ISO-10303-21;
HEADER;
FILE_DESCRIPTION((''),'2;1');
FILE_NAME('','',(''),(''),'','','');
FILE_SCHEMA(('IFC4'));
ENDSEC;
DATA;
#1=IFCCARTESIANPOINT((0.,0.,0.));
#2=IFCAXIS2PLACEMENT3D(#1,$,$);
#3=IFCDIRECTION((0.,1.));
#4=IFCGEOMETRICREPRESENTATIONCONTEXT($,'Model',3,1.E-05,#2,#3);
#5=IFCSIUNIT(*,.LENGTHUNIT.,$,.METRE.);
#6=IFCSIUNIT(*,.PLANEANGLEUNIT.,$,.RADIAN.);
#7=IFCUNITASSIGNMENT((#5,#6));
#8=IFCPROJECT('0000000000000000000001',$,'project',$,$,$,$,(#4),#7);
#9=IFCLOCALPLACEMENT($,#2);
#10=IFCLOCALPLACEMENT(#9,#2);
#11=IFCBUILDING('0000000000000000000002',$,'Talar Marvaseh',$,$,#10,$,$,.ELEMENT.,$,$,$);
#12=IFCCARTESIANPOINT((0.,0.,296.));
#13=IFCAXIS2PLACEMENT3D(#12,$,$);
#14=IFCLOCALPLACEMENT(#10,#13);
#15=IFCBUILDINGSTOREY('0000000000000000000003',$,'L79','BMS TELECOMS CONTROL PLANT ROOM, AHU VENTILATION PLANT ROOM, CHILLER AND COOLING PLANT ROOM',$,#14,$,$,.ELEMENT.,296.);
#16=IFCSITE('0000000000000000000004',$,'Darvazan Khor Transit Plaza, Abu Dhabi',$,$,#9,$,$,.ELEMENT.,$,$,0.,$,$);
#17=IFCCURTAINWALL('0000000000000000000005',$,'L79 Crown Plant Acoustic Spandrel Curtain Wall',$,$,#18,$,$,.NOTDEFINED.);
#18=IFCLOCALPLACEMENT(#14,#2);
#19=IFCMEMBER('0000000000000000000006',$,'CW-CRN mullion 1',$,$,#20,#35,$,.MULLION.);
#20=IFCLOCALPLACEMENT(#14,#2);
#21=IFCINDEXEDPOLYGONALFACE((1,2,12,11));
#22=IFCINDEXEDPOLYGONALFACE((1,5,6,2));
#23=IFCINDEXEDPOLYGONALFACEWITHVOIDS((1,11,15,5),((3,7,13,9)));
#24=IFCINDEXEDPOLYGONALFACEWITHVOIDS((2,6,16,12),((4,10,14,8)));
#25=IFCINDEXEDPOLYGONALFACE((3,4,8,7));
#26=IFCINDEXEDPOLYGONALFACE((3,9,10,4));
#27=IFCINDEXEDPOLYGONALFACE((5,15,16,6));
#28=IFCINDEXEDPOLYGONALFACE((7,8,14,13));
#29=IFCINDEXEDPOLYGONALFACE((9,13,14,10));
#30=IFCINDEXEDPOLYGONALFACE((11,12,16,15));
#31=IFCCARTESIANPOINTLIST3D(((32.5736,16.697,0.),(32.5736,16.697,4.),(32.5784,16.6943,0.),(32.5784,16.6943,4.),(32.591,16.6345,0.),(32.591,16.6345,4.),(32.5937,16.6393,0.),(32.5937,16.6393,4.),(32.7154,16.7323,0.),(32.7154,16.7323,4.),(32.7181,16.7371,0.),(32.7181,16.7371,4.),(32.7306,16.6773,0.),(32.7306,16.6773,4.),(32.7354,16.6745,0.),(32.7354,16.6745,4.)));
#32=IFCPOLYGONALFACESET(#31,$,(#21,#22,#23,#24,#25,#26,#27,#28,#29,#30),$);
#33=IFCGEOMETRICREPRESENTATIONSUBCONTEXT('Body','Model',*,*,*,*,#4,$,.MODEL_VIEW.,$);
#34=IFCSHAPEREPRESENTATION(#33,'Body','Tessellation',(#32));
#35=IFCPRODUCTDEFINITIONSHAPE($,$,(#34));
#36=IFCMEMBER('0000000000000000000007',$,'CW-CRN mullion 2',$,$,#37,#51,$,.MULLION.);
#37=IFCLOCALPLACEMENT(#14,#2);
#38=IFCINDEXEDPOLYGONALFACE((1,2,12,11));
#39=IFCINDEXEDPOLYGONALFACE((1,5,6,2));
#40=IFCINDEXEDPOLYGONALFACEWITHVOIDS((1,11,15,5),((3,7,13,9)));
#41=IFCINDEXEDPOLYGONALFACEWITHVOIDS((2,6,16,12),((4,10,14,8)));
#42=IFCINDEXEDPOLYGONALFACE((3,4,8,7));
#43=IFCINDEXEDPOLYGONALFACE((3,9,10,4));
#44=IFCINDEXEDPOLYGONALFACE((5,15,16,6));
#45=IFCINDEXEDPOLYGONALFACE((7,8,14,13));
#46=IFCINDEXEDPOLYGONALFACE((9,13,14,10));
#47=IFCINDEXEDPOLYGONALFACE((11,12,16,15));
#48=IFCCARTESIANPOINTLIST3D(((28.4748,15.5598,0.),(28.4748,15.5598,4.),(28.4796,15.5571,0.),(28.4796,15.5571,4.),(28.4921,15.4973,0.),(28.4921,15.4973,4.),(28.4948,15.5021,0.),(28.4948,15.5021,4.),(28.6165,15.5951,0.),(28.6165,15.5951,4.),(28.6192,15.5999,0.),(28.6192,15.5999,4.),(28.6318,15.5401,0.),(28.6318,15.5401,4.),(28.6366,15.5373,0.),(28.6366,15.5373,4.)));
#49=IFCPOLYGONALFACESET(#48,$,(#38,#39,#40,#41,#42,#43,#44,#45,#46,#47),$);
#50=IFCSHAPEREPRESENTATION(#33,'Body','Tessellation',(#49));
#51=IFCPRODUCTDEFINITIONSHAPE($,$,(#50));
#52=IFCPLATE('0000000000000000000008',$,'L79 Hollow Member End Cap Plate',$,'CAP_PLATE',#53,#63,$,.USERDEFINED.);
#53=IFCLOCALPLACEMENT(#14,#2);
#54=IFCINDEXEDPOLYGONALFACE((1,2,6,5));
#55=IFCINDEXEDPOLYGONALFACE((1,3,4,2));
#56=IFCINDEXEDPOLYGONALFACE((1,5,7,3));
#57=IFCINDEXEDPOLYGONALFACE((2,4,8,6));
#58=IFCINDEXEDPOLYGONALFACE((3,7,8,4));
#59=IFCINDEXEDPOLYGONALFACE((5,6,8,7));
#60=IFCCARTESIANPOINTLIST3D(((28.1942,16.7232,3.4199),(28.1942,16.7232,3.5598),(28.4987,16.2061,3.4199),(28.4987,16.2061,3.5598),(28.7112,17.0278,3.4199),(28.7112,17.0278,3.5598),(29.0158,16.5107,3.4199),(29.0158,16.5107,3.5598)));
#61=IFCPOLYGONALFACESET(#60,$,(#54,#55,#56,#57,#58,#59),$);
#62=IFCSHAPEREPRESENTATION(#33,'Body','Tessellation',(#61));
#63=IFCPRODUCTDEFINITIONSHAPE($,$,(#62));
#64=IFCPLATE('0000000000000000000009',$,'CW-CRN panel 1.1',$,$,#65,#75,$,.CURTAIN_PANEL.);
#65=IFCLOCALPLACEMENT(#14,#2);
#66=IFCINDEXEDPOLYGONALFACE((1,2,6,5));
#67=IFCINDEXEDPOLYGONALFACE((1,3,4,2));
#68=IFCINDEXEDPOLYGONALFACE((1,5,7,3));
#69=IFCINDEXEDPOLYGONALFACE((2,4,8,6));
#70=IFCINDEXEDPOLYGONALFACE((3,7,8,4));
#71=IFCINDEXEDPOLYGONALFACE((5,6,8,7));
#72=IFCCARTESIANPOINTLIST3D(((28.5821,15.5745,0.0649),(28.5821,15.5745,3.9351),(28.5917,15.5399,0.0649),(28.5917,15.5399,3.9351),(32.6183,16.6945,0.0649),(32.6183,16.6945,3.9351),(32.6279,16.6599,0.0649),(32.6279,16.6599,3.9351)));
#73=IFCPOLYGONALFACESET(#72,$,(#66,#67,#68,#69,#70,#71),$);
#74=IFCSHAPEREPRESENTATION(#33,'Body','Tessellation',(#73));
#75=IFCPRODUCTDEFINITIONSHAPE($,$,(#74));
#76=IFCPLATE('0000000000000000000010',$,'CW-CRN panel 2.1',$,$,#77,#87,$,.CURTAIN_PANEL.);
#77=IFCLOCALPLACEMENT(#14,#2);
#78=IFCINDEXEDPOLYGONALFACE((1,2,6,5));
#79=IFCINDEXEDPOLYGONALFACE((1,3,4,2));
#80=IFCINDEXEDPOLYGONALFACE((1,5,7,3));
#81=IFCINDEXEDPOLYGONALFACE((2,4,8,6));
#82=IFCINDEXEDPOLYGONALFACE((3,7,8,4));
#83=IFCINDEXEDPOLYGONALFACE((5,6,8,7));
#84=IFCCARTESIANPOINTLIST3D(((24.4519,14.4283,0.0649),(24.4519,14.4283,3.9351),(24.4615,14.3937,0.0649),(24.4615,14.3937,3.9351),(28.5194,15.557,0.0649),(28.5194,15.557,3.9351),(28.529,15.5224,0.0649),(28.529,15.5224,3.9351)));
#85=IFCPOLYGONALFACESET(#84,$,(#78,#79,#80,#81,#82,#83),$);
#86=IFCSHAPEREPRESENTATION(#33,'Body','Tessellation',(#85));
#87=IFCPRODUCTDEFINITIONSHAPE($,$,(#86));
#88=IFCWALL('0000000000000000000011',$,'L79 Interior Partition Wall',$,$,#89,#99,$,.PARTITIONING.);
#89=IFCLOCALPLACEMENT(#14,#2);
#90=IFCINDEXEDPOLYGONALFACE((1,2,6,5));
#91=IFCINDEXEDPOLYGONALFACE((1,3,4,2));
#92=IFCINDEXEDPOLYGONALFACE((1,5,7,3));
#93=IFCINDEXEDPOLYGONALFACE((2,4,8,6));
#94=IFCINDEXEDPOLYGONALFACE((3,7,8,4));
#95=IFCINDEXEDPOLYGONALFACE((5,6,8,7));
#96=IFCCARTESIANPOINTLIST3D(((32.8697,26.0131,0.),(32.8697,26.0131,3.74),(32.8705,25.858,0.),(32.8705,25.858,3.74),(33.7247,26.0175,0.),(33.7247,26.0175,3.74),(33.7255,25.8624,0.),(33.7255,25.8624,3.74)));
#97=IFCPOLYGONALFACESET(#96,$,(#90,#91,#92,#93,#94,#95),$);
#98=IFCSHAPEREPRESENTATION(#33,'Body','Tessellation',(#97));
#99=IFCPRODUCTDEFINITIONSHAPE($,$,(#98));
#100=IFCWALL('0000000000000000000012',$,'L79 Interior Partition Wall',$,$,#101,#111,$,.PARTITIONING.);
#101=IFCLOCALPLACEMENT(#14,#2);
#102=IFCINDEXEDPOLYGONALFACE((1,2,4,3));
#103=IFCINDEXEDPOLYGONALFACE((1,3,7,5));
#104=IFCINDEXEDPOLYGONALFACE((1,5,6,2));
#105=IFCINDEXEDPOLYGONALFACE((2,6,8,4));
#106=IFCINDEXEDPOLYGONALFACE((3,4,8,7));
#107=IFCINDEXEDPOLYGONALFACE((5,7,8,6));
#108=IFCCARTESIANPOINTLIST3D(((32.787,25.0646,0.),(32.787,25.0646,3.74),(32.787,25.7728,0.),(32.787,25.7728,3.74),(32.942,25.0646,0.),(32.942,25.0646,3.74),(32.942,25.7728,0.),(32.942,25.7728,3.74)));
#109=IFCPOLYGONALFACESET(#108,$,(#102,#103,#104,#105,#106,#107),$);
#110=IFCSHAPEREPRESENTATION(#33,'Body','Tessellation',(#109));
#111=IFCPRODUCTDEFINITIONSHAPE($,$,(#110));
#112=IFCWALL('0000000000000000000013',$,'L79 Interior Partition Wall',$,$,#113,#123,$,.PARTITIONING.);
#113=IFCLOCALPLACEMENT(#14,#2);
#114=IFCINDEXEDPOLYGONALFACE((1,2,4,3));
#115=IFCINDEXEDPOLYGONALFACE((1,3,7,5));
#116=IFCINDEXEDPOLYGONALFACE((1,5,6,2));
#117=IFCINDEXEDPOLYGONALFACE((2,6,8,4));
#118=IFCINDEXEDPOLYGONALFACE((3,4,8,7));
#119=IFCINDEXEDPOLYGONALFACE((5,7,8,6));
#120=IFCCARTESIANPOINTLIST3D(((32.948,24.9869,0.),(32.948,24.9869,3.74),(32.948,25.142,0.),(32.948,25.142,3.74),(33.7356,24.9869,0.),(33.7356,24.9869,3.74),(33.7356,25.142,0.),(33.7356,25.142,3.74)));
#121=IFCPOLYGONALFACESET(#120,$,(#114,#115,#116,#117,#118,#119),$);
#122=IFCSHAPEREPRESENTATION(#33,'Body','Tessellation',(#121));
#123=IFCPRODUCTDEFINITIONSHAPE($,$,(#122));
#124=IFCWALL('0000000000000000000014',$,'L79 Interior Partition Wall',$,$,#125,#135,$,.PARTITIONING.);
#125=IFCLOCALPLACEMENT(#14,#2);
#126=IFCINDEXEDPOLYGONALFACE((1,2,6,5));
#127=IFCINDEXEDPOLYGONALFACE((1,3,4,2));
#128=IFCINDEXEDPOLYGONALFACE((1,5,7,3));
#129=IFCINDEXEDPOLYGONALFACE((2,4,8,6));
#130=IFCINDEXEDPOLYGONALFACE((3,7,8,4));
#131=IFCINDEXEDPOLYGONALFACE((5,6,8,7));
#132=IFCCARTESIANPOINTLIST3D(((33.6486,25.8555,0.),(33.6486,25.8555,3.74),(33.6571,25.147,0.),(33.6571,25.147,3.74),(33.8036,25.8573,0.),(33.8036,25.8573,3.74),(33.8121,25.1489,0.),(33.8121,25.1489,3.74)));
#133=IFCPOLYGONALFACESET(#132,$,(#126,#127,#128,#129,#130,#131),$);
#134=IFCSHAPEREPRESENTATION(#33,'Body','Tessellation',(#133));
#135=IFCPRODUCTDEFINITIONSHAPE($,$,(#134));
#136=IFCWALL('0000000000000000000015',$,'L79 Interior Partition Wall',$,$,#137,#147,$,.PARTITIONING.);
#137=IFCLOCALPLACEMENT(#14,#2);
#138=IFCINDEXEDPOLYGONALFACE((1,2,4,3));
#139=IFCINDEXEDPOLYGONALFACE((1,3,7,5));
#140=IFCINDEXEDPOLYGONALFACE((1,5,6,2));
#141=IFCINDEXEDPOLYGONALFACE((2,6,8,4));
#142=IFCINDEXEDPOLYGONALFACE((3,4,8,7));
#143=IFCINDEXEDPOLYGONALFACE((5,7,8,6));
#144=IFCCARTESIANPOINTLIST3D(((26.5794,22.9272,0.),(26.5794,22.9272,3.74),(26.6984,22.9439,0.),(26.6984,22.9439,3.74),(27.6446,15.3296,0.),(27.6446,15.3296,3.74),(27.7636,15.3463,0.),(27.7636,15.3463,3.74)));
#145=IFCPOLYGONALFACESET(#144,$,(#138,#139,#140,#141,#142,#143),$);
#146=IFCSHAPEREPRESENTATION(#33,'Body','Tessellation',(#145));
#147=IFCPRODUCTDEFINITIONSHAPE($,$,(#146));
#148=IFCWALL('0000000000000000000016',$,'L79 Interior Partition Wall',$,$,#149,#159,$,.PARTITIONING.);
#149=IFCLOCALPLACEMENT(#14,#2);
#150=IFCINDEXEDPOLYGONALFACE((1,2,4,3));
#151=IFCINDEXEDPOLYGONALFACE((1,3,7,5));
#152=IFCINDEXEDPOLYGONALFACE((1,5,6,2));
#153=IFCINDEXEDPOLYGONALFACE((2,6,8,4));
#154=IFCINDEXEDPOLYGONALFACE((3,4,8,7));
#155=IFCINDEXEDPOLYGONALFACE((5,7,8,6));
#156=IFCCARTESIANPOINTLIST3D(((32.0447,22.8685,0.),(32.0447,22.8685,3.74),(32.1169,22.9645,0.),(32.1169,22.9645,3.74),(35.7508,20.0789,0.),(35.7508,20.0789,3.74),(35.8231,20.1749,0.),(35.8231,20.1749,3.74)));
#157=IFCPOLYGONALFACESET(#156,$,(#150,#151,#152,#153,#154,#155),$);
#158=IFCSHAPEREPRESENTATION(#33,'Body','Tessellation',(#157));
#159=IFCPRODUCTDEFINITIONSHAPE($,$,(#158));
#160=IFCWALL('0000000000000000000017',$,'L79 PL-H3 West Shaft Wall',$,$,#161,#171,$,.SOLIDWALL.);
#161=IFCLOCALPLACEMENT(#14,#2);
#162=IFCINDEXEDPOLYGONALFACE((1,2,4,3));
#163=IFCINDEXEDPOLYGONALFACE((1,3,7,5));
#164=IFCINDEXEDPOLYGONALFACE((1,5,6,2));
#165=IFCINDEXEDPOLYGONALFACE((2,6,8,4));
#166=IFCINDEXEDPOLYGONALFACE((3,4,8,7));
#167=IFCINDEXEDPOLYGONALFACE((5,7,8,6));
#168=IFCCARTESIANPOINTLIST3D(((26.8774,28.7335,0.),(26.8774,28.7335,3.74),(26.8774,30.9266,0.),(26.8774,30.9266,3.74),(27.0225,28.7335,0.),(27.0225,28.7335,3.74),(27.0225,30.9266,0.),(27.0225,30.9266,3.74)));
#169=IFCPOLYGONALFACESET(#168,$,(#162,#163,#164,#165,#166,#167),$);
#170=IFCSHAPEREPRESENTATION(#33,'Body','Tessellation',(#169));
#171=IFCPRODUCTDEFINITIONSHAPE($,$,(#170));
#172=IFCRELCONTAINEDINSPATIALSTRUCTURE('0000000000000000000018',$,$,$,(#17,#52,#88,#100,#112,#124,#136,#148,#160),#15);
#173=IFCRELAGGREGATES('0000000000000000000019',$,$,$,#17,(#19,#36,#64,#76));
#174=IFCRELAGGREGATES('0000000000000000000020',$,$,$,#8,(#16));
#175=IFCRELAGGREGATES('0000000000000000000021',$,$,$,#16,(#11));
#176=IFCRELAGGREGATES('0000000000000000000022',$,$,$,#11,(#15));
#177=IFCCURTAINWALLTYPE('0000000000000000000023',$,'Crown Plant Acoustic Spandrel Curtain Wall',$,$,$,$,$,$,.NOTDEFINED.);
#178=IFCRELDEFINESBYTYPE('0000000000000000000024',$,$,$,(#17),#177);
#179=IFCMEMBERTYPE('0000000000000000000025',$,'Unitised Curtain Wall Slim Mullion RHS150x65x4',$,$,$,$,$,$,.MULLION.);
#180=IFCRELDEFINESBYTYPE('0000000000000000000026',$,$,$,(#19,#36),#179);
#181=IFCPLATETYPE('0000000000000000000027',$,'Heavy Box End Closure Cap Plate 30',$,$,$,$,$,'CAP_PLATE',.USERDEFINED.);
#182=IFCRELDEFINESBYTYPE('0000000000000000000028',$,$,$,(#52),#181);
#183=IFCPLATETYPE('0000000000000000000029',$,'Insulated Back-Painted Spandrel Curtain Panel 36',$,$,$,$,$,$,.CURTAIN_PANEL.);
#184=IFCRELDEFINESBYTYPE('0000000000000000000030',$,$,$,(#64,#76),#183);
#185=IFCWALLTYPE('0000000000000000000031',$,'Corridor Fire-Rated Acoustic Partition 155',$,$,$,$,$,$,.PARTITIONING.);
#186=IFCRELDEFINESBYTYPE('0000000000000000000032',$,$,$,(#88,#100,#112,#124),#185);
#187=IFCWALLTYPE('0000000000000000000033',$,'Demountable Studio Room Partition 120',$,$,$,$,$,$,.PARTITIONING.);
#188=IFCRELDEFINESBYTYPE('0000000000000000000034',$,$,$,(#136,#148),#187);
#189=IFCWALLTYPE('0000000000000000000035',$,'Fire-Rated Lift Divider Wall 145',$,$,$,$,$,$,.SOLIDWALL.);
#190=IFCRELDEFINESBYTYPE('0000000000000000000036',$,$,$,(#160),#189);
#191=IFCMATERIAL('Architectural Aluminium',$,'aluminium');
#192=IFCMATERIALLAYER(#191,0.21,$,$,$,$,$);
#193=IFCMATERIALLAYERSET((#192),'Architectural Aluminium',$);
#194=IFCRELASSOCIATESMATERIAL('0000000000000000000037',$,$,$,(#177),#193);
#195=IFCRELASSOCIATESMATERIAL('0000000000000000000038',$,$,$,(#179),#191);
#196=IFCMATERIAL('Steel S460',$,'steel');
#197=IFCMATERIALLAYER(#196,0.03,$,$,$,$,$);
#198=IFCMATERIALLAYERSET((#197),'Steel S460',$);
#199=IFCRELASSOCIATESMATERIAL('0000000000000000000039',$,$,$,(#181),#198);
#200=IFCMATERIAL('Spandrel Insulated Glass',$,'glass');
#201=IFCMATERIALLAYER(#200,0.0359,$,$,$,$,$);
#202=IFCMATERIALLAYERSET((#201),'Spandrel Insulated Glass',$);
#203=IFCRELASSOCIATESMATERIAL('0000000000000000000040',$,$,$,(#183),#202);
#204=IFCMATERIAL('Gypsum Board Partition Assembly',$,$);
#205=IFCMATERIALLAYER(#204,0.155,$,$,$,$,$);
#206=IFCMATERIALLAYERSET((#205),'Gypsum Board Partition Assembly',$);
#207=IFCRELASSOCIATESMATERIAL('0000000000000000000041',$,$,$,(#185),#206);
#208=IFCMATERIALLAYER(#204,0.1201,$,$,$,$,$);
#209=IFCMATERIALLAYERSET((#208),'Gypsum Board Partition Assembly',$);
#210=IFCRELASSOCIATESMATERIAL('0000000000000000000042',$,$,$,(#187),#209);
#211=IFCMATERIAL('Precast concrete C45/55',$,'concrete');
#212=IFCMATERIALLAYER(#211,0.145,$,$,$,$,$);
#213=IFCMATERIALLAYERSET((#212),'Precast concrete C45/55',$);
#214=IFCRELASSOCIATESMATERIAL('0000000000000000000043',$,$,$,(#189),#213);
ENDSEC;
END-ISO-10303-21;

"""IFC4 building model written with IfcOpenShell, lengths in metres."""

from ifc_helpers import new_model, si_unit, direction, frame, frame_2d, origin, origin_2d, place, context, subcontext, project, spatial, rectangle, hollow_rectangle, extrude, source, transform, mapped, material, layer, layer_set, material_profile, profile_set, type_object, type_shapes, element, aggregate, save


model = new_model("IFC4")

# Units and contexts
model_context = context("Model", 3, precision=1e-05, world=origin(), true_north=direction((0.0, 1.0)))
body_context = subcontext(model_context, "Body", "Model", "MODEL_VIEW")
ifc_project = project(units=[si_unit("LENGTHUNIT", "METRE"), si_unit("PLANEANGLEUNIT", "RADIAN")], contexts=[model_context])

# Site, building, storey
site_placement = place(None, origin())
site = spatial("IfcSite", under=ifc_project, at=site_placement, Name="Darvazan Khor Transit Plaza, Abu Dhabi", CompositionType="ELEMENT", RefElevation=0.0)
building_placement = place(site_placement, origin())
building = spatial("IfcBuilding", under=site, at=building_placement, Name="Talar Marvaseh", CompositionType="ELEMENT")
storey_placement = place(building_placement, frame((0.0, 0.0, 296.0)))
storey = spatial("IfcBuildingStorey", under=building, at=storey_placement, Name="L79", Description="BMS TELECOMS CONTROL PLANT ROOM, AHU VENTILATION PLANT ROOM, CHILLER AND COOLING PLANT ROOM", CompositionType="ELEMENT", Elevation=296.0)

# Shared definitions
ifc_material_1 = material(Name="Steel S460", Category="steel")

# Curtain wall, members
ifc_material_2 = material(Name="Architectural Aluminium", Category="aluminium")
ifc_layer_1 = layer(ifc_material_2, 0.21)
ifc_layer_set_1 = layer_set([ifc_layer_1], Name="Architectural Aluminium")
curtain_wall_type = type_object("IfcCurtainWallType", Name="Crown Plant Acoustic Spandrel Curtain Wall", PredefinedType="NOTDEFINED", material=ifc_layer_set_1)
curtain_wall_placement = place(storey_placement, origin())
curtain_wall = element("IfcCurtainWall", 1, at=curtain_wall_placement, inside=storey, type_object=curtain_wall_type, Name="L79 Crown Plant Acoustic Spandrel Curtain Wall", PredefinedType="NOTDEFINED")
ifc_material_profile_1 = material_profile(ifc_material_2, hollow_rectangle(XDim=0.0649, YDim=0.1499, WallThickness=0.0039, at=origin_2d()), Name="RHS150x65x4")
ifc_profile_set_1 = profile_set([ifc_material_profile_1], Name="Architectural Aluminium")
member_type_1 = type_object("IfcMemberType", Name="Unitised Curtain Wall Slim Mullion RHS150x65x4", PredefinedType="MULLION", material=ifc_profile_set_1)
shared_shape_1 = source(origin(), body_context, "Body", "SweptSolid", [
    extrude(hollow_rectangle(XDim=0.0649, YDim=0.1499, WallThickness=0.0039, at=origin_2d()), origin(), (0.0, 0.0, 1.0), 4.0),
])
type_shapes(member_type_1, [shared_shape_1])
member_1_placement = place(storey_placement, frame((32.6545, 16.6858, 0.0), z_axis=(0.0, 0.0, 1.0), x_axis=(0.26739, -0.963588, 0.0)))
member_1 = element("IfcMember", 2, at=member_1_placement, type_object=member_type_1, Name="CW-CRN mullion 1", PredefinedType="MULLION", context=body_context, shape_type="MappedRepresentation", body=[
    mapped(shared_shape_1, transform((0.0, 0.0, 0.0), x_axis=(1.0, 0.0, 0.0), y_axis=(0.0, 1.0, 0.0), z_axis=(0.0, 0.0, 1.0), scale=1.0)),
])
member_2_placement = place(storey_placement, frame((28.5557, 15.5486, 0.0), z_axis=(0.0, 0.0, 1.0), x_axis=(0.26739, -0.963588, 0.0)))
member_2 = element("IfcMember", 3, at=member_2_placement, type_object=member_type_1, Name="CW-CRN mullion 2", PredefinedType="MULLION", context=body_context, shape_type="MappedRepresentation", body=[
    mapped(shared_shape_1, transform((0.0, 0.0, 0.0), x_axis=(1.0, 0.0, 0.0), y_axis=(0.0, 1.0, 0.0), z_axis=(0.0, 0.0, 1.0), scale=1.0)),
])

# Plates
ifc_layer_2 = layer(ifc_material_1, 0.03)
ifc_layer_set_2 = layer_set([ifc_layer_2], Name="Steel S460")
plate_type_1 = type_object("IfcPlateType", Name="Heavy Box End Closure Cap Plate 30", ElementType="CAP_PLATE", PredefinedType="USERDEFINED", material=ifc_layer_set_2)
shared_shape_2 = source(origin(), body_context, "Body", "SweptSolid", [
    extrude(rectangle(XDim=0.6001, YDim=0.6001, at=origin_2d()), origin(), (0.0, 0.0, 1.0), 0.1399),
])
type_shapes(plate_type_1, [shared_shape_2])
plate_1_placement = place(storey_placement, frame((28.605, 16.6169, 3.4199), z_axis=(0.0, 0.0, 1.0), x_axis=(-0.861629, -0.507538, 0.0)))
element("IfcPlate", 4, at=plate_1_placement, inside=storey, type_object=plate_type_1, Name="L79 Hollow Member End Cap Plate", ObjectType="CAP_PLATE", PredefinedType="USERDEFINED", context=body_context, shape_type="MappedRepresentation", body=[
    mapped(shared_shape_2, transform((0.0, 0.0, 0.0), x_axis=(1.0, 0.0, 0.0), y_axis=(0.0, 1.0, 0.0), z_axis=(0.0, 0.0, 1.0), scale=1.0)),
])
ifc_material_3 = material(Name="Spandrel Insulated Glass", Category="glass")
ifc_layer_3 = layer(ifc_material_3, 0.0359)
ifc_layer_set_3 = layer_set([ifc_layer_3], Name="Spandrel Insulated Glass")
plate_type_2 = type_object("IfcPlateType", Name="Insulated Back-Painted Spandrel Curtain Panel 36", PredefinedType="CURTAIN_PANEL", material=ifc_layer_set_3)
shared_shape_3 = source(origin(), body_context, "Body", "SweptSolid", [
    extrude(rectangle(XDim=4.1887, YDim=0.0359, at=origin_2d()), origin(), (0.0, 0.0, 1.0), 3.8701),
])
plate_2_placement = place(storey_placement, frame((30.605, 16.1172, 0.0649), z_axis=(0.0, 0.0, 1.0), x_axis=(-0.963588, -0.26739, 0.0)))
plate_2 = element("IfcPlate", 5, at=plate_2_placement, type_object=plate_type_2, Name="CW-CRN panel 1.1", PredefinedType="CURTAIN_PANEL", context=body_context, shape_type="MappedRepresentation", body=[
    mapped(shared_shape_3, transform((0.0, 0.0, 0.0), x_axis=(1.0, 0.0, 0.0), y_axis=(0.0, 1.0, 0.0), z_axis=(0.0, 0.0, 1.0), scale=1.0)),
])
shared_shape_4 = source(origin(), body_context, "Body", "SweptSolid", [
    extrude(rectangle(XDim=4.2212, YDim=0.0359, at=origin_2d()), origin(), (0.0, 0.0, 1.0), 3.8701),
])
type_shapes(plate_type_2, [shared_shape_3, shared_shape_4])
plate_3_placement = place(storey_placement, frame((26.4905, 14.9753, 0.0649), z_axis=(0.0, 0.0, 1.0), x_axis=(-0.963588, -0.26739, 0.0)))
plate_3 = element("IfcPlate", 6, at=plate_3_placement, type_object=plate_type_2, Name="CW-CRN panel 2.1", PredefinedType="CURTAIN_PANEL", context=body_context, shape_type="MappedRepresentation", body=[
    mapped(shared_shape_4, transform((0.0, 0.0, 0.0), x_axis=(1.0, 0.0, 0.0), y_axis=(0.0, 1.0, 0.0), z_axis=(0.0, 0.0, 1.0), scale=1.0)),
])
aggregate(curtain_wall, [member_1, member_2, plate_2, plate_3])

# Walls
ifc_material_4 = material(Name="Gypsum Board Partition Assembly")
ifc_layer_4 = layer(ifc_material_4, 0.155)
ifc_layer_set_4 = layer_set([ifc_layer_4], Name="Gypsum Board Partition Assembly")
wall_type_1 = type_object("IfcWallType", Name="Corridor Fire-Rated Acoustic Partition 155", PredefinedType="PARTITIONING", material=ifc_layer_set_4)
wall_1_placement = place(storey_placement, frame((33.7251, 25.9399, 0.0), z_axis=(0.0, 0.0, 1.0), x_axis=(-0.999987, -0.00514, 0.0)))
element("IfcWall", 7, at=wall_1_placement, inside=storey, type_object=wall_type_1, Name="L79 Interior Partition Wall", PredefinedType="PARTITIONING", context=body_context, shape_type="SweptSolid", body=[
    extrude(rectangle(XDim=0.855, YDim=0.155, at=frame_2d((0.4275, 0.0))), origin(), (0.0, 0.0, 1.0), 3.74),
])
wall_2_placement = place(storey_placement, frame((32.8645, 25.7727, 0.0), z_axis=(0.0, 0.0, 1.0), x_axis=(0.0, -1.0, 0.0)))
element("IfcWall", 8, at=wall_2_placement, inside=storey, type_object=wall_type_1, Name="L79 Interior Partition Wall", PredefinedType="PARTITIONING", context=body_context, shape_type="SweptSolid", body=[
    extrude(rectangle(XDim=0.7083, YDim=0.155, at=frame_2d((0.354, 0.0))), origin(), (0.0, 0.0, 1.0), 3.74),
])
wall_3_placement = place(storey_placement, frame((32.948, 25.0645, 0.0), z_axis=(0.0, 0.0, 1.0), x_axis=(1.0, 0.0, 0.0)))
element("IfcWall", 9, at=wall_3_placement, inside=storey, type_object=wall_type_1, Name="L79 Interior Partition Wall", PredefinedType="PARTITIONING", context=body_context, shape_type="SweptSolid", body=[
    extrude(rectangle(XDim=0.7876, YDim=0.155, at=frame_2d((0.3938, 0.0))), origin(), (0.0, 0.0, 1.0), 3.74),
])
wall_4_placement = place(storey_placement, frame((33.7346, 25.1479, 0.0), z_axis=(0.0, 0.0, 1.0), x_axis=(-0.01206, 0.999927, 0.0)))
element("IfcWall", 10, at=wall_4_placement, inside=storey, type_object=wall_type_1, Name="L79 Interior Partition Wall", PredefinedType="PARTITIONING", context=body_context, shape_type="SweptSolid", body=[
    extrude(rectangle(XDim=0.7085, YDim=0.155, at=frame_2d((0.3542, 0.0))), origin(), (0.0, 0.0, 1.0), 3.74),
])
ifc_layer_5 = layer(ifc_material_4, 0.1201)
ifc_layer_set_5 = layer_set([ifc_layer_5], Name="Gypsum Board Partition Assembly")
wall_type_2 = type_object("IfcWallType", Name="Demountable Studio Room Partition 120", PredefinedType="PARTITIONING", material=ifc_layer_set_5)
wall_5_placement = place(storey_placement, frame((26.6389, 22.9355, 0.0), z_axis=(0.0, 0.0, 1.0), x_axis=(0.138841, -0.990315, 0.0)))
element("IfcWall", 11, at=wall_5_placement, inside=storey, type_object=wall_type_2, Name="L79 Interior Partition Wall", PredefinedType="PARTITIONING", context=body_context, shape_type="SweptSolid", body=[
    extrude(rectangle(XDim=7.6719, YDim=0.1201, at=frame_2d((3.8359, 0.0))), origin(), (0.0, 0.0, 1.0), 3.74),
])
wall_6_placement = place(storey_placement, frame((32.0808, 22.9165, 0.0), z_axis=(0.0, 0.0, 1.0), x_axis=(0.798963, -0.60138, 0.0)))
element("IfcWall", 12, at=wall_6_placement, inside=storey, type_object=wall_type_2, Name="L79 Interior Partition Wall", PredefinedType="PARTITIONING", context=body_context, shape_type="SweptSolid", body=[
    extrude(rectangle(XDim=4.6387, YDim=0.1201, at=frame_2d((2.3193, 0.0))), origin(), (0.0, 0.0, 1.0), 3.74),
])
ifc_material_5 = material(Name="Precast concrete C45/55", Category="concrete")
ifc_layer_6 = layer(ifc_material_5, 0.145)
ifc_layer_set_6 = layer_set([ifc_layer_6], Name="Precast concrete C45/55")
wall_type_3 = type_object("IfcWallType", Name="Fire-Rated Lift Divider Wall 145", PredefinedType="SOLIDWALL", material=ifc_layer_set_6)
wall_7_placement = place(storey_placement, frame((26.95, 28.7334, 0.0), z_axis=(0.0, 0.0, 1.0), x_axis=(0.0, 1.0, 0.0)))
element("IfcWall", 13, at=wall_7_placement, inside=storey, type_object=wall_type_3, Name="L79 PL-H3 West Shaft Wall", PredefinedType="SOLIDWALL", context=body_context, shape_type="SweptSolid", body=[
    extrude(rectangle(XDim=2.1931, YDim=0.145, at=frame_2d((1.0967, 0.0))), origin(), (0.0, 0.0, 1.0), 3.74),
])

save(model, "model.ifc")
